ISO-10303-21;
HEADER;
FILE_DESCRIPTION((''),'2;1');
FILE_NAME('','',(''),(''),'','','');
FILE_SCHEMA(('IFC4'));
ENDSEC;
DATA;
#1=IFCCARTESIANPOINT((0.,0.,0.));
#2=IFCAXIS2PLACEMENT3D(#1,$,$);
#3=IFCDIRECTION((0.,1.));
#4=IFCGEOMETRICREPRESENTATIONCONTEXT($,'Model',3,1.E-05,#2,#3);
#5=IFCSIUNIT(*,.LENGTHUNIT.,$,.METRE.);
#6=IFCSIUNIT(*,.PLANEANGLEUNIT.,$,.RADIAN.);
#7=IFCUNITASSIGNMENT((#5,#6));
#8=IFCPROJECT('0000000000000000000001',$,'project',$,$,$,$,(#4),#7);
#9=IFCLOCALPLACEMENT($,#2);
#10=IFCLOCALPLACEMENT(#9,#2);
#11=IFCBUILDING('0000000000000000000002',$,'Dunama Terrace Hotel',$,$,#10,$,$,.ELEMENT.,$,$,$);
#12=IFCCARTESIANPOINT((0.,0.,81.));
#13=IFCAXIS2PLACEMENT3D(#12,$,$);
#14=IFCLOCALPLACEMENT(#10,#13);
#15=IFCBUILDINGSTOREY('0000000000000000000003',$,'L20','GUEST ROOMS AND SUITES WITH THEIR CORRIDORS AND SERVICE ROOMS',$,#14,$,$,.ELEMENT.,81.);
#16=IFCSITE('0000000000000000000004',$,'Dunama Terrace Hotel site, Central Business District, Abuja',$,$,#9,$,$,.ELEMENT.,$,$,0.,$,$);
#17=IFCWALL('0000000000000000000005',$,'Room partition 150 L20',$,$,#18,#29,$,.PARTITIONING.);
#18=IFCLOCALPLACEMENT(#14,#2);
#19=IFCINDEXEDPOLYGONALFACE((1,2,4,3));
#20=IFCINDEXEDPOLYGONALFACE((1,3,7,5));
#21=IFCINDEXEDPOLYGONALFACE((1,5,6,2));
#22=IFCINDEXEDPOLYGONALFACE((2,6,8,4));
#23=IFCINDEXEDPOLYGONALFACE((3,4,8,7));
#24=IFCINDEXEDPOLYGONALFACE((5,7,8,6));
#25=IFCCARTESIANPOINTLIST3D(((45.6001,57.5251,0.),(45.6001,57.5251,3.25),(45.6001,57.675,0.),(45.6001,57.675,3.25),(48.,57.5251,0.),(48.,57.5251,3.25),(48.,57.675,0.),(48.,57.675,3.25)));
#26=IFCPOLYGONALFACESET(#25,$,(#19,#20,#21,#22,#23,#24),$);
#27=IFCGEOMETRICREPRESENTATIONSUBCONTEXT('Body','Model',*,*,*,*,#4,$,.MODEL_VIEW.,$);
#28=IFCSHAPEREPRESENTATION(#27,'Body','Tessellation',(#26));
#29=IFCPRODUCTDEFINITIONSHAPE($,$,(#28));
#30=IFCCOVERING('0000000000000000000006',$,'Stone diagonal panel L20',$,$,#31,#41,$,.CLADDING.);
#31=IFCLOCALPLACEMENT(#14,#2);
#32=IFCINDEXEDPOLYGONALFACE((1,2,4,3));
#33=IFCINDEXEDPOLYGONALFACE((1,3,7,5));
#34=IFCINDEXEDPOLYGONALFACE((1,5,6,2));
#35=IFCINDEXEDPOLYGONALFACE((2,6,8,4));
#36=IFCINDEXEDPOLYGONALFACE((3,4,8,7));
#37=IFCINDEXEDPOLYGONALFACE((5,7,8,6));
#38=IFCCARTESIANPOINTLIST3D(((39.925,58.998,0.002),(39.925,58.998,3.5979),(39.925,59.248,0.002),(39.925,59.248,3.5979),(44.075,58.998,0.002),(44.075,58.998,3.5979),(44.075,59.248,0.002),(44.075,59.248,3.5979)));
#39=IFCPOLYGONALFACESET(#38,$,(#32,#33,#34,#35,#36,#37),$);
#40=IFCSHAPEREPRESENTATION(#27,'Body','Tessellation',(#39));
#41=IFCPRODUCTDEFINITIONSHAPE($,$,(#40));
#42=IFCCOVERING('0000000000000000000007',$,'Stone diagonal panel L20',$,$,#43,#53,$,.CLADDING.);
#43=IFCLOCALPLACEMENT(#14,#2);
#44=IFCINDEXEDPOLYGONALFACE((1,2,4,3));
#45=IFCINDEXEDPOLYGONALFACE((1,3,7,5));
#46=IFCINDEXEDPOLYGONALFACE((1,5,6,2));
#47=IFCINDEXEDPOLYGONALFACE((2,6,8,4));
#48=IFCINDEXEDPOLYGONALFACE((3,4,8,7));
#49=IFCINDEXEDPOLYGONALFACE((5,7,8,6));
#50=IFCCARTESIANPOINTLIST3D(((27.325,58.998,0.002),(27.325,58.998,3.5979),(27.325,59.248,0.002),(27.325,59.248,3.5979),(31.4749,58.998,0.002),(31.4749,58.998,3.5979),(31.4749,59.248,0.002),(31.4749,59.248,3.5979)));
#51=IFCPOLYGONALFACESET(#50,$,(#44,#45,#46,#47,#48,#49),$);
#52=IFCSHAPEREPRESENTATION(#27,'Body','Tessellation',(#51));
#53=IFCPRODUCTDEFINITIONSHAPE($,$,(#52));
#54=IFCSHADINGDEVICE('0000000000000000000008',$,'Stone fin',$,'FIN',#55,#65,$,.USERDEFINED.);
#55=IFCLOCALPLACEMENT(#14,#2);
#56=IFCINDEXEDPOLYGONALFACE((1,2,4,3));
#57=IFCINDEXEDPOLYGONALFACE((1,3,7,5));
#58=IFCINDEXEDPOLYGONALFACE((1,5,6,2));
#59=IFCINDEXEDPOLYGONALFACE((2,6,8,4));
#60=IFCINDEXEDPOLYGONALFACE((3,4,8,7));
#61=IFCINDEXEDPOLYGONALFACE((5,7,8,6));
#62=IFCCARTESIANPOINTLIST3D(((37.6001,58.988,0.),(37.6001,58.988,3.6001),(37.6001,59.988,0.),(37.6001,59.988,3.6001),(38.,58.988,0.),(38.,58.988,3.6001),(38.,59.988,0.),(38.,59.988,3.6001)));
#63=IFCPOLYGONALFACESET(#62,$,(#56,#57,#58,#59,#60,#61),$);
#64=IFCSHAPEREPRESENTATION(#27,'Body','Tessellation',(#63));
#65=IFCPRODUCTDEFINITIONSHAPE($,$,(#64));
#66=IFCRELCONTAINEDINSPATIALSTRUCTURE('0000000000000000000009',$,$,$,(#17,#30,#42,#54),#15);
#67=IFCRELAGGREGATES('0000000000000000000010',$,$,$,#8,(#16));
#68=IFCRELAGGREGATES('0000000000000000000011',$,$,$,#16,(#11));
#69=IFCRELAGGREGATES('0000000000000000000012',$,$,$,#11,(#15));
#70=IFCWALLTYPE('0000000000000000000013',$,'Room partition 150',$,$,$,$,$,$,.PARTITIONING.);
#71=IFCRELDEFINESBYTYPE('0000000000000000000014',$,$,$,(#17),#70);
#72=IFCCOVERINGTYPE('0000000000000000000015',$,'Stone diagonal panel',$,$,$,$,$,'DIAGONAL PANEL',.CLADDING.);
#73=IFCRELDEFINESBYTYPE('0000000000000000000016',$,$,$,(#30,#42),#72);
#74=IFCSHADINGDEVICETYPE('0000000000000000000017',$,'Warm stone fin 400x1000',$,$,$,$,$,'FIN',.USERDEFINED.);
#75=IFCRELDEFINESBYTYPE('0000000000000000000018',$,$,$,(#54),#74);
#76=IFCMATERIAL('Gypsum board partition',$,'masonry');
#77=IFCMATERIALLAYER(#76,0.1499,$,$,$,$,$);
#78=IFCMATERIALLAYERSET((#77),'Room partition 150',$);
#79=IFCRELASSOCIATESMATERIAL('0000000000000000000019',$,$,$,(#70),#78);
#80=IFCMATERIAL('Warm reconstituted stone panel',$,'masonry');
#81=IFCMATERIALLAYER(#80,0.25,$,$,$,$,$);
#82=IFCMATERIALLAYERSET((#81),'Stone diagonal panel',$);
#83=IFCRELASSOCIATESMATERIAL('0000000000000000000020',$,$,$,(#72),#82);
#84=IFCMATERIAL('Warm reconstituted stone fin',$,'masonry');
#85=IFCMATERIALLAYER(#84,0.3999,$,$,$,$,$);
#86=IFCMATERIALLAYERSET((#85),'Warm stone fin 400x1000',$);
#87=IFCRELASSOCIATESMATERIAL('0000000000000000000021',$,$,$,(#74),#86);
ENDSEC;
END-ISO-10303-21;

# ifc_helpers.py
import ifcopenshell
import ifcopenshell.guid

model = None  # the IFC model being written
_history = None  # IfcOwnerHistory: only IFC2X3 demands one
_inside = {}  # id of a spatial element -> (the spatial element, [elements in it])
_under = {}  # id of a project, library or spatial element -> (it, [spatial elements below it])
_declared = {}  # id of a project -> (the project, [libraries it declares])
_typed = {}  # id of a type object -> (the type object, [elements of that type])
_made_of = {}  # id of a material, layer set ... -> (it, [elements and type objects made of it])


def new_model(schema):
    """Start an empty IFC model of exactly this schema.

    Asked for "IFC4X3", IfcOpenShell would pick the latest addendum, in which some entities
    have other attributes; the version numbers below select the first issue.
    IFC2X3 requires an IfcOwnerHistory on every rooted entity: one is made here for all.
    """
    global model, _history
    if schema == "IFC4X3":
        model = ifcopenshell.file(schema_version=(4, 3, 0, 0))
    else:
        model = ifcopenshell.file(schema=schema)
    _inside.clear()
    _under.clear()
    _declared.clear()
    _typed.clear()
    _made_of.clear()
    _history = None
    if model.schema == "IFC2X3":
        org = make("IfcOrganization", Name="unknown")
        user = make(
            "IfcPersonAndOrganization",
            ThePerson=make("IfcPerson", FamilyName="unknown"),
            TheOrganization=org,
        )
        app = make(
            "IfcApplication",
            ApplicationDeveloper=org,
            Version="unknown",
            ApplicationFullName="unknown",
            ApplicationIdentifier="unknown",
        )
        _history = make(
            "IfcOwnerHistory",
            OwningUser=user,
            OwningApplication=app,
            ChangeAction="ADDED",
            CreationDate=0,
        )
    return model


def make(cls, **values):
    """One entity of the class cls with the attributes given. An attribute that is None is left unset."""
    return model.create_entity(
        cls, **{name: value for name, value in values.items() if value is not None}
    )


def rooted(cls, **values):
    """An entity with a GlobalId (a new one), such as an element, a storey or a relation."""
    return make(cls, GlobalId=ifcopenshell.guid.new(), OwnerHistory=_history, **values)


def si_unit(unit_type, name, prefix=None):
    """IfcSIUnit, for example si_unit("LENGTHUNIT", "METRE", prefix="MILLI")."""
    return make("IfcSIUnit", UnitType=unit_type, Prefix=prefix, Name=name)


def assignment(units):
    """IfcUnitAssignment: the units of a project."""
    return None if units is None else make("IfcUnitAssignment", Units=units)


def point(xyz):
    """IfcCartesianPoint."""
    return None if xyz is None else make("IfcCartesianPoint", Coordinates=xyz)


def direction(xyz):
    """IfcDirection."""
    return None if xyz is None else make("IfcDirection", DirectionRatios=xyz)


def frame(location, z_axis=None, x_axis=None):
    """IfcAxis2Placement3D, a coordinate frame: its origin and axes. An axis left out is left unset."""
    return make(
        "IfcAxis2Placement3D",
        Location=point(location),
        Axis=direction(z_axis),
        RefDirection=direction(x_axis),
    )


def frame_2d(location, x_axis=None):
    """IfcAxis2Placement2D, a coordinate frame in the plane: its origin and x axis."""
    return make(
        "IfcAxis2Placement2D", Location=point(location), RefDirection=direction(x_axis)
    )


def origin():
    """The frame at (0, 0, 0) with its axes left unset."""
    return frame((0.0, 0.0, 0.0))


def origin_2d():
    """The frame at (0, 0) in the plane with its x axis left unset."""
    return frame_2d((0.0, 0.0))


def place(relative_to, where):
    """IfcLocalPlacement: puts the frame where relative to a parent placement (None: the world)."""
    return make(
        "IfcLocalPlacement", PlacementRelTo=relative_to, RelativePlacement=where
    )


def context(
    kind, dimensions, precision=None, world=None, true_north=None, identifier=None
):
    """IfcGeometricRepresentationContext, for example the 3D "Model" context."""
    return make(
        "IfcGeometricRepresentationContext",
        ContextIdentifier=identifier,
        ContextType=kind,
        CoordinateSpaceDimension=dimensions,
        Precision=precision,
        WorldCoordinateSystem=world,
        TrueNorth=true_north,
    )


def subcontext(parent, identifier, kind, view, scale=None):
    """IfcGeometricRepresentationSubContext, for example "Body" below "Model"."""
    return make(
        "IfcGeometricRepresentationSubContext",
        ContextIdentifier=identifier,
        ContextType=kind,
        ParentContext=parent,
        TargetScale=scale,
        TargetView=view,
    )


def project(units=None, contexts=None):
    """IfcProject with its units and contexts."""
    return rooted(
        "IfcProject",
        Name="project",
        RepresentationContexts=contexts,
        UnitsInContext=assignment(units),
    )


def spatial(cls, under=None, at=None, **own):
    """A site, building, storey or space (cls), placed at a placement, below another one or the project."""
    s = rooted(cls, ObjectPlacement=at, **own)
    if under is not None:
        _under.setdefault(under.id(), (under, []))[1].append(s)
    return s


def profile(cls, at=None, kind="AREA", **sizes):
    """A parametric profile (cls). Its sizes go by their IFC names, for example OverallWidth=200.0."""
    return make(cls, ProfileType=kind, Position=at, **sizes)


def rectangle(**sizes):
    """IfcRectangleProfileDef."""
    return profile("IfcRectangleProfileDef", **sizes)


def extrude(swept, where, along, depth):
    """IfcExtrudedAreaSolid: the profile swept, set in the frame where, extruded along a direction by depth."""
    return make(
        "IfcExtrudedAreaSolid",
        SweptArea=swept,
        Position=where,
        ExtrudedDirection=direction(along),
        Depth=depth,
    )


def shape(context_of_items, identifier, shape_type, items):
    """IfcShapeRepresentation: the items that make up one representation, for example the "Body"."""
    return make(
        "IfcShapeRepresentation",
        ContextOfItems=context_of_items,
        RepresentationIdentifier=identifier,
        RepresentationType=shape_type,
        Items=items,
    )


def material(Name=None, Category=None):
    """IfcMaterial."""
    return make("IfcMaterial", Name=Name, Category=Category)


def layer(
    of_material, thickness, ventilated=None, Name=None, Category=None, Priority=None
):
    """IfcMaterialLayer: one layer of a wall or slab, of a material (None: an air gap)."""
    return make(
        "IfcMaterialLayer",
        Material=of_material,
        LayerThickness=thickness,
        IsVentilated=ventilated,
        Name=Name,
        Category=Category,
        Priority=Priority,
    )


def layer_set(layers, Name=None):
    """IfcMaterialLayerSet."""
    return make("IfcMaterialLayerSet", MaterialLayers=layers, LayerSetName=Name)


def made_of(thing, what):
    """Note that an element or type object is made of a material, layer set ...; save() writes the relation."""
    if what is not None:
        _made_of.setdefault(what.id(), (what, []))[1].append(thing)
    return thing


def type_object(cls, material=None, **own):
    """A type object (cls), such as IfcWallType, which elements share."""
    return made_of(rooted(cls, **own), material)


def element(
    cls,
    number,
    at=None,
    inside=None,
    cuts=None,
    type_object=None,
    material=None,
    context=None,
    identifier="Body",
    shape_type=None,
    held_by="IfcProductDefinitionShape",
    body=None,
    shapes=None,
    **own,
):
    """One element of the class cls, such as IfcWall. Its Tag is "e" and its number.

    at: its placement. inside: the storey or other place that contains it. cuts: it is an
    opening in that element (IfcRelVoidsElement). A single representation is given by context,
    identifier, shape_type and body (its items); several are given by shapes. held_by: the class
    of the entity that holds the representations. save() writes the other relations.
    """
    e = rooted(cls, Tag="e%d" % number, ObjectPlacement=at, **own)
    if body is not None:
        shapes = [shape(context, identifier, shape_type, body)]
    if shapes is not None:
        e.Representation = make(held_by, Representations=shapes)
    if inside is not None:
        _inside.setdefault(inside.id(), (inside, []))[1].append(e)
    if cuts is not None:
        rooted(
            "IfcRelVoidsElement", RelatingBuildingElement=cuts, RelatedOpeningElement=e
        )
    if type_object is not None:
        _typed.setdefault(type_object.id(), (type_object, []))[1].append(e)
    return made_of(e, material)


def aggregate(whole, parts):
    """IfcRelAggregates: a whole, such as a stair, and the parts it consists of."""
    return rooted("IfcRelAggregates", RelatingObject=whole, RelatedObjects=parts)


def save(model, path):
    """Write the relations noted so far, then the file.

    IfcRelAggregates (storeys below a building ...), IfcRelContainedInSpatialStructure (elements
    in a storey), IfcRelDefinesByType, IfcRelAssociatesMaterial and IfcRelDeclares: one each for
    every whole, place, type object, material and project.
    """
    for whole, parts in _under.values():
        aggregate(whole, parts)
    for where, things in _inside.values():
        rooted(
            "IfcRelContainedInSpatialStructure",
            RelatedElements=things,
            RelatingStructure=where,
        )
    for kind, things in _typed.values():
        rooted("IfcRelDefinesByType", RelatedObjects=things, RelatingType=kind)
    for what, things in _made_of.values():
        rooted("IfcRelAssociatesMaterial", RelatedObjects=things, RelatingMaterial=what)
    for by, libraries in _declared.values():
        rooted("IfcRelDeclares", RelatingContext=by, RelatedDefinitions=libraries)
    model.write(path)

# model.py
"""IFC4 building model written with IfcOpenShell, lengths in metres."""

from ifc_helpers import new_model, si_unit, direction, frame, frame_2d, origin, origin_2d, place, context, subcontext, project, spatial, rectangle, extrude, material, layer, layer_set, type_object, element, save


model = new_model("IFC4")

# Units and contexts
model_context = context("Model", 3, precision=1e-05, world=origin(), true_north=direction((0.0, 1.0)))
body_context = subcontext(model_context, "Body", "Model", "MODEL_VIEW")
ifc_project = project(units=[si_unit("LENGTHUNIT", "METRE"), si_unit("PLANEANGLEUNIT", "RADIAN")], contexts=[model_context])

# Site, building, storey
site_placement = place(None, origin())
site = spatial("IfcSite", under=ifc_project, at=site_placement, Name="Dunama Terrace Hotel site, Central Business District, Abuja", CompositionType="ELEMENT", RefElevation=0.0)
building_placement = place(site_placement, origin())
building = spatial("IfcBuilding", under=site, at=building_placement, Name="Dunama Terrace Hotel", CompositionType="ELEMENT")
storey_placement = place(building_placement, frame((0.0, 0.0, 81.0)))
storey = spatial("IfcBuildingStorey", under=building, at=storey_placement, Name="L20", Description="GUEST ROOMS AND SUITES WITH THEIR CORRIDORS AND SERVICE ROOMS", CompositionType="ELEMENT", Elevation=81.0)

# Shared definitions
ifc_material_1 = material(Name="Gypsum board partition", Category="masonry")
ifc_layer_1 = layer(ifc_material_1, 0.1499)
ifc_layer_set_1 = layer_set([ifc_layer_1], Name="Room partition 150")
wall_type_1 = type_object("IfcWallType", Name="Room partition 150", PredefinedType="PARTITIONING", material=ifc_layer_set_1)

# Wall
wall_1_placement = place(storey_placement, frame((45.6001, 57.6001, 0.0), z_axis=(0.0, 0.0, 1.0), x_axis=(1.0, 0.0, 0.0)))
element("IfcWall", 1, at=wall_1_placement, inside=storey, type_object=wall_type_1, Name="Room partition 150 L20", PredefinedType="PARTITIONING", context=body_context, shape_type="SweptSolid", body=[
    extrude(rectangle(XDim=2.3999, YDim=0.1499, at=frame_2d((1.2, 0.0))), origin(), (0.0, 0.0, 1.0), 3.25),
])

# Coverings
ifc_material_2 = material(Name="Warm reconstituted stone panel", Category="masonry")
ifc_layer_2 = layer(ifc_material_2, 0.25)
ifc_layer_set_2 = layer_set([ifc_layer_2], Name="Stone diagonal panel")
covering_type = type_object("IfcCoveringType", Name="Stone diagonal panel", ElementType="DIAGONAL PANEL", PredefinedType="CLADDING", material=ifc_layer_set_2)
for number, where, z_axis, x_axis, name in (
    (2, (42.0, 59.123, 0.002), (0.0, 0.0, 1.0), (-1.0, 0.0, 0.0), "Stone diagonal panel L20"),
    (3, (29.3999, 59.123, 0.002), (0.0, 0.0, 1.0), (-1.0, 0.0, 0.0), "Stone diagonal panel L20"),
):
    element("IfcCovering", number, at=place(storey_placement, frame(where, z_axis=z_axis, x_axis=x_axis)), inside=storey, type_object=covering_type, Name=name, PredefinedType="CLADDING", context=body_context, shape_type="SweptSolid", body=[
        extrude(rectangle(XDim=4.1499, YDim=0.25, at=origin_2d()), origin(), (0.0, 0.0, 1.0), 3.5959),
    ])

# Shading device
ifc_material_3 = material(Name="Warm reconstituted stone fin", Category="masonry")
ifc_layer_3 = layer(ifc_material_3, 0.3999)
ifc_layer_set_3 = layer_set([ifc_layer_3], Name="Warm stone fin 400x1000")
shading_device_type = type_object("IfcShadingDeviceType", Name="Warm stone fin 400x1000", ElementType="FIN", PredefinedType="USERDEFINED", material=ifc_layer_set_3)
shading_device_placement = place(storey_placement, frame((37.8, 59.488, 0.0), z_axis=(0.0, 0.0, 1.0), x_axis=(-1.0, 0.0, 0.0)))
element("IfcShadingDevice", 4, at=shading_device_placement, inside=storey, type_object=shading_device_type, Name="Stone fin", ObjectType="FIN", PredefinedType="USERDEFINED", context=body_context, shape_type="SweptSolid", body=[
    extrude(rectangle(XDim=0.3999, YDim=1.0, at=origin_2d()), origin(), (0.0, 0.0, 1.0), 3.6001),
])

save(model, "model.ifc")
